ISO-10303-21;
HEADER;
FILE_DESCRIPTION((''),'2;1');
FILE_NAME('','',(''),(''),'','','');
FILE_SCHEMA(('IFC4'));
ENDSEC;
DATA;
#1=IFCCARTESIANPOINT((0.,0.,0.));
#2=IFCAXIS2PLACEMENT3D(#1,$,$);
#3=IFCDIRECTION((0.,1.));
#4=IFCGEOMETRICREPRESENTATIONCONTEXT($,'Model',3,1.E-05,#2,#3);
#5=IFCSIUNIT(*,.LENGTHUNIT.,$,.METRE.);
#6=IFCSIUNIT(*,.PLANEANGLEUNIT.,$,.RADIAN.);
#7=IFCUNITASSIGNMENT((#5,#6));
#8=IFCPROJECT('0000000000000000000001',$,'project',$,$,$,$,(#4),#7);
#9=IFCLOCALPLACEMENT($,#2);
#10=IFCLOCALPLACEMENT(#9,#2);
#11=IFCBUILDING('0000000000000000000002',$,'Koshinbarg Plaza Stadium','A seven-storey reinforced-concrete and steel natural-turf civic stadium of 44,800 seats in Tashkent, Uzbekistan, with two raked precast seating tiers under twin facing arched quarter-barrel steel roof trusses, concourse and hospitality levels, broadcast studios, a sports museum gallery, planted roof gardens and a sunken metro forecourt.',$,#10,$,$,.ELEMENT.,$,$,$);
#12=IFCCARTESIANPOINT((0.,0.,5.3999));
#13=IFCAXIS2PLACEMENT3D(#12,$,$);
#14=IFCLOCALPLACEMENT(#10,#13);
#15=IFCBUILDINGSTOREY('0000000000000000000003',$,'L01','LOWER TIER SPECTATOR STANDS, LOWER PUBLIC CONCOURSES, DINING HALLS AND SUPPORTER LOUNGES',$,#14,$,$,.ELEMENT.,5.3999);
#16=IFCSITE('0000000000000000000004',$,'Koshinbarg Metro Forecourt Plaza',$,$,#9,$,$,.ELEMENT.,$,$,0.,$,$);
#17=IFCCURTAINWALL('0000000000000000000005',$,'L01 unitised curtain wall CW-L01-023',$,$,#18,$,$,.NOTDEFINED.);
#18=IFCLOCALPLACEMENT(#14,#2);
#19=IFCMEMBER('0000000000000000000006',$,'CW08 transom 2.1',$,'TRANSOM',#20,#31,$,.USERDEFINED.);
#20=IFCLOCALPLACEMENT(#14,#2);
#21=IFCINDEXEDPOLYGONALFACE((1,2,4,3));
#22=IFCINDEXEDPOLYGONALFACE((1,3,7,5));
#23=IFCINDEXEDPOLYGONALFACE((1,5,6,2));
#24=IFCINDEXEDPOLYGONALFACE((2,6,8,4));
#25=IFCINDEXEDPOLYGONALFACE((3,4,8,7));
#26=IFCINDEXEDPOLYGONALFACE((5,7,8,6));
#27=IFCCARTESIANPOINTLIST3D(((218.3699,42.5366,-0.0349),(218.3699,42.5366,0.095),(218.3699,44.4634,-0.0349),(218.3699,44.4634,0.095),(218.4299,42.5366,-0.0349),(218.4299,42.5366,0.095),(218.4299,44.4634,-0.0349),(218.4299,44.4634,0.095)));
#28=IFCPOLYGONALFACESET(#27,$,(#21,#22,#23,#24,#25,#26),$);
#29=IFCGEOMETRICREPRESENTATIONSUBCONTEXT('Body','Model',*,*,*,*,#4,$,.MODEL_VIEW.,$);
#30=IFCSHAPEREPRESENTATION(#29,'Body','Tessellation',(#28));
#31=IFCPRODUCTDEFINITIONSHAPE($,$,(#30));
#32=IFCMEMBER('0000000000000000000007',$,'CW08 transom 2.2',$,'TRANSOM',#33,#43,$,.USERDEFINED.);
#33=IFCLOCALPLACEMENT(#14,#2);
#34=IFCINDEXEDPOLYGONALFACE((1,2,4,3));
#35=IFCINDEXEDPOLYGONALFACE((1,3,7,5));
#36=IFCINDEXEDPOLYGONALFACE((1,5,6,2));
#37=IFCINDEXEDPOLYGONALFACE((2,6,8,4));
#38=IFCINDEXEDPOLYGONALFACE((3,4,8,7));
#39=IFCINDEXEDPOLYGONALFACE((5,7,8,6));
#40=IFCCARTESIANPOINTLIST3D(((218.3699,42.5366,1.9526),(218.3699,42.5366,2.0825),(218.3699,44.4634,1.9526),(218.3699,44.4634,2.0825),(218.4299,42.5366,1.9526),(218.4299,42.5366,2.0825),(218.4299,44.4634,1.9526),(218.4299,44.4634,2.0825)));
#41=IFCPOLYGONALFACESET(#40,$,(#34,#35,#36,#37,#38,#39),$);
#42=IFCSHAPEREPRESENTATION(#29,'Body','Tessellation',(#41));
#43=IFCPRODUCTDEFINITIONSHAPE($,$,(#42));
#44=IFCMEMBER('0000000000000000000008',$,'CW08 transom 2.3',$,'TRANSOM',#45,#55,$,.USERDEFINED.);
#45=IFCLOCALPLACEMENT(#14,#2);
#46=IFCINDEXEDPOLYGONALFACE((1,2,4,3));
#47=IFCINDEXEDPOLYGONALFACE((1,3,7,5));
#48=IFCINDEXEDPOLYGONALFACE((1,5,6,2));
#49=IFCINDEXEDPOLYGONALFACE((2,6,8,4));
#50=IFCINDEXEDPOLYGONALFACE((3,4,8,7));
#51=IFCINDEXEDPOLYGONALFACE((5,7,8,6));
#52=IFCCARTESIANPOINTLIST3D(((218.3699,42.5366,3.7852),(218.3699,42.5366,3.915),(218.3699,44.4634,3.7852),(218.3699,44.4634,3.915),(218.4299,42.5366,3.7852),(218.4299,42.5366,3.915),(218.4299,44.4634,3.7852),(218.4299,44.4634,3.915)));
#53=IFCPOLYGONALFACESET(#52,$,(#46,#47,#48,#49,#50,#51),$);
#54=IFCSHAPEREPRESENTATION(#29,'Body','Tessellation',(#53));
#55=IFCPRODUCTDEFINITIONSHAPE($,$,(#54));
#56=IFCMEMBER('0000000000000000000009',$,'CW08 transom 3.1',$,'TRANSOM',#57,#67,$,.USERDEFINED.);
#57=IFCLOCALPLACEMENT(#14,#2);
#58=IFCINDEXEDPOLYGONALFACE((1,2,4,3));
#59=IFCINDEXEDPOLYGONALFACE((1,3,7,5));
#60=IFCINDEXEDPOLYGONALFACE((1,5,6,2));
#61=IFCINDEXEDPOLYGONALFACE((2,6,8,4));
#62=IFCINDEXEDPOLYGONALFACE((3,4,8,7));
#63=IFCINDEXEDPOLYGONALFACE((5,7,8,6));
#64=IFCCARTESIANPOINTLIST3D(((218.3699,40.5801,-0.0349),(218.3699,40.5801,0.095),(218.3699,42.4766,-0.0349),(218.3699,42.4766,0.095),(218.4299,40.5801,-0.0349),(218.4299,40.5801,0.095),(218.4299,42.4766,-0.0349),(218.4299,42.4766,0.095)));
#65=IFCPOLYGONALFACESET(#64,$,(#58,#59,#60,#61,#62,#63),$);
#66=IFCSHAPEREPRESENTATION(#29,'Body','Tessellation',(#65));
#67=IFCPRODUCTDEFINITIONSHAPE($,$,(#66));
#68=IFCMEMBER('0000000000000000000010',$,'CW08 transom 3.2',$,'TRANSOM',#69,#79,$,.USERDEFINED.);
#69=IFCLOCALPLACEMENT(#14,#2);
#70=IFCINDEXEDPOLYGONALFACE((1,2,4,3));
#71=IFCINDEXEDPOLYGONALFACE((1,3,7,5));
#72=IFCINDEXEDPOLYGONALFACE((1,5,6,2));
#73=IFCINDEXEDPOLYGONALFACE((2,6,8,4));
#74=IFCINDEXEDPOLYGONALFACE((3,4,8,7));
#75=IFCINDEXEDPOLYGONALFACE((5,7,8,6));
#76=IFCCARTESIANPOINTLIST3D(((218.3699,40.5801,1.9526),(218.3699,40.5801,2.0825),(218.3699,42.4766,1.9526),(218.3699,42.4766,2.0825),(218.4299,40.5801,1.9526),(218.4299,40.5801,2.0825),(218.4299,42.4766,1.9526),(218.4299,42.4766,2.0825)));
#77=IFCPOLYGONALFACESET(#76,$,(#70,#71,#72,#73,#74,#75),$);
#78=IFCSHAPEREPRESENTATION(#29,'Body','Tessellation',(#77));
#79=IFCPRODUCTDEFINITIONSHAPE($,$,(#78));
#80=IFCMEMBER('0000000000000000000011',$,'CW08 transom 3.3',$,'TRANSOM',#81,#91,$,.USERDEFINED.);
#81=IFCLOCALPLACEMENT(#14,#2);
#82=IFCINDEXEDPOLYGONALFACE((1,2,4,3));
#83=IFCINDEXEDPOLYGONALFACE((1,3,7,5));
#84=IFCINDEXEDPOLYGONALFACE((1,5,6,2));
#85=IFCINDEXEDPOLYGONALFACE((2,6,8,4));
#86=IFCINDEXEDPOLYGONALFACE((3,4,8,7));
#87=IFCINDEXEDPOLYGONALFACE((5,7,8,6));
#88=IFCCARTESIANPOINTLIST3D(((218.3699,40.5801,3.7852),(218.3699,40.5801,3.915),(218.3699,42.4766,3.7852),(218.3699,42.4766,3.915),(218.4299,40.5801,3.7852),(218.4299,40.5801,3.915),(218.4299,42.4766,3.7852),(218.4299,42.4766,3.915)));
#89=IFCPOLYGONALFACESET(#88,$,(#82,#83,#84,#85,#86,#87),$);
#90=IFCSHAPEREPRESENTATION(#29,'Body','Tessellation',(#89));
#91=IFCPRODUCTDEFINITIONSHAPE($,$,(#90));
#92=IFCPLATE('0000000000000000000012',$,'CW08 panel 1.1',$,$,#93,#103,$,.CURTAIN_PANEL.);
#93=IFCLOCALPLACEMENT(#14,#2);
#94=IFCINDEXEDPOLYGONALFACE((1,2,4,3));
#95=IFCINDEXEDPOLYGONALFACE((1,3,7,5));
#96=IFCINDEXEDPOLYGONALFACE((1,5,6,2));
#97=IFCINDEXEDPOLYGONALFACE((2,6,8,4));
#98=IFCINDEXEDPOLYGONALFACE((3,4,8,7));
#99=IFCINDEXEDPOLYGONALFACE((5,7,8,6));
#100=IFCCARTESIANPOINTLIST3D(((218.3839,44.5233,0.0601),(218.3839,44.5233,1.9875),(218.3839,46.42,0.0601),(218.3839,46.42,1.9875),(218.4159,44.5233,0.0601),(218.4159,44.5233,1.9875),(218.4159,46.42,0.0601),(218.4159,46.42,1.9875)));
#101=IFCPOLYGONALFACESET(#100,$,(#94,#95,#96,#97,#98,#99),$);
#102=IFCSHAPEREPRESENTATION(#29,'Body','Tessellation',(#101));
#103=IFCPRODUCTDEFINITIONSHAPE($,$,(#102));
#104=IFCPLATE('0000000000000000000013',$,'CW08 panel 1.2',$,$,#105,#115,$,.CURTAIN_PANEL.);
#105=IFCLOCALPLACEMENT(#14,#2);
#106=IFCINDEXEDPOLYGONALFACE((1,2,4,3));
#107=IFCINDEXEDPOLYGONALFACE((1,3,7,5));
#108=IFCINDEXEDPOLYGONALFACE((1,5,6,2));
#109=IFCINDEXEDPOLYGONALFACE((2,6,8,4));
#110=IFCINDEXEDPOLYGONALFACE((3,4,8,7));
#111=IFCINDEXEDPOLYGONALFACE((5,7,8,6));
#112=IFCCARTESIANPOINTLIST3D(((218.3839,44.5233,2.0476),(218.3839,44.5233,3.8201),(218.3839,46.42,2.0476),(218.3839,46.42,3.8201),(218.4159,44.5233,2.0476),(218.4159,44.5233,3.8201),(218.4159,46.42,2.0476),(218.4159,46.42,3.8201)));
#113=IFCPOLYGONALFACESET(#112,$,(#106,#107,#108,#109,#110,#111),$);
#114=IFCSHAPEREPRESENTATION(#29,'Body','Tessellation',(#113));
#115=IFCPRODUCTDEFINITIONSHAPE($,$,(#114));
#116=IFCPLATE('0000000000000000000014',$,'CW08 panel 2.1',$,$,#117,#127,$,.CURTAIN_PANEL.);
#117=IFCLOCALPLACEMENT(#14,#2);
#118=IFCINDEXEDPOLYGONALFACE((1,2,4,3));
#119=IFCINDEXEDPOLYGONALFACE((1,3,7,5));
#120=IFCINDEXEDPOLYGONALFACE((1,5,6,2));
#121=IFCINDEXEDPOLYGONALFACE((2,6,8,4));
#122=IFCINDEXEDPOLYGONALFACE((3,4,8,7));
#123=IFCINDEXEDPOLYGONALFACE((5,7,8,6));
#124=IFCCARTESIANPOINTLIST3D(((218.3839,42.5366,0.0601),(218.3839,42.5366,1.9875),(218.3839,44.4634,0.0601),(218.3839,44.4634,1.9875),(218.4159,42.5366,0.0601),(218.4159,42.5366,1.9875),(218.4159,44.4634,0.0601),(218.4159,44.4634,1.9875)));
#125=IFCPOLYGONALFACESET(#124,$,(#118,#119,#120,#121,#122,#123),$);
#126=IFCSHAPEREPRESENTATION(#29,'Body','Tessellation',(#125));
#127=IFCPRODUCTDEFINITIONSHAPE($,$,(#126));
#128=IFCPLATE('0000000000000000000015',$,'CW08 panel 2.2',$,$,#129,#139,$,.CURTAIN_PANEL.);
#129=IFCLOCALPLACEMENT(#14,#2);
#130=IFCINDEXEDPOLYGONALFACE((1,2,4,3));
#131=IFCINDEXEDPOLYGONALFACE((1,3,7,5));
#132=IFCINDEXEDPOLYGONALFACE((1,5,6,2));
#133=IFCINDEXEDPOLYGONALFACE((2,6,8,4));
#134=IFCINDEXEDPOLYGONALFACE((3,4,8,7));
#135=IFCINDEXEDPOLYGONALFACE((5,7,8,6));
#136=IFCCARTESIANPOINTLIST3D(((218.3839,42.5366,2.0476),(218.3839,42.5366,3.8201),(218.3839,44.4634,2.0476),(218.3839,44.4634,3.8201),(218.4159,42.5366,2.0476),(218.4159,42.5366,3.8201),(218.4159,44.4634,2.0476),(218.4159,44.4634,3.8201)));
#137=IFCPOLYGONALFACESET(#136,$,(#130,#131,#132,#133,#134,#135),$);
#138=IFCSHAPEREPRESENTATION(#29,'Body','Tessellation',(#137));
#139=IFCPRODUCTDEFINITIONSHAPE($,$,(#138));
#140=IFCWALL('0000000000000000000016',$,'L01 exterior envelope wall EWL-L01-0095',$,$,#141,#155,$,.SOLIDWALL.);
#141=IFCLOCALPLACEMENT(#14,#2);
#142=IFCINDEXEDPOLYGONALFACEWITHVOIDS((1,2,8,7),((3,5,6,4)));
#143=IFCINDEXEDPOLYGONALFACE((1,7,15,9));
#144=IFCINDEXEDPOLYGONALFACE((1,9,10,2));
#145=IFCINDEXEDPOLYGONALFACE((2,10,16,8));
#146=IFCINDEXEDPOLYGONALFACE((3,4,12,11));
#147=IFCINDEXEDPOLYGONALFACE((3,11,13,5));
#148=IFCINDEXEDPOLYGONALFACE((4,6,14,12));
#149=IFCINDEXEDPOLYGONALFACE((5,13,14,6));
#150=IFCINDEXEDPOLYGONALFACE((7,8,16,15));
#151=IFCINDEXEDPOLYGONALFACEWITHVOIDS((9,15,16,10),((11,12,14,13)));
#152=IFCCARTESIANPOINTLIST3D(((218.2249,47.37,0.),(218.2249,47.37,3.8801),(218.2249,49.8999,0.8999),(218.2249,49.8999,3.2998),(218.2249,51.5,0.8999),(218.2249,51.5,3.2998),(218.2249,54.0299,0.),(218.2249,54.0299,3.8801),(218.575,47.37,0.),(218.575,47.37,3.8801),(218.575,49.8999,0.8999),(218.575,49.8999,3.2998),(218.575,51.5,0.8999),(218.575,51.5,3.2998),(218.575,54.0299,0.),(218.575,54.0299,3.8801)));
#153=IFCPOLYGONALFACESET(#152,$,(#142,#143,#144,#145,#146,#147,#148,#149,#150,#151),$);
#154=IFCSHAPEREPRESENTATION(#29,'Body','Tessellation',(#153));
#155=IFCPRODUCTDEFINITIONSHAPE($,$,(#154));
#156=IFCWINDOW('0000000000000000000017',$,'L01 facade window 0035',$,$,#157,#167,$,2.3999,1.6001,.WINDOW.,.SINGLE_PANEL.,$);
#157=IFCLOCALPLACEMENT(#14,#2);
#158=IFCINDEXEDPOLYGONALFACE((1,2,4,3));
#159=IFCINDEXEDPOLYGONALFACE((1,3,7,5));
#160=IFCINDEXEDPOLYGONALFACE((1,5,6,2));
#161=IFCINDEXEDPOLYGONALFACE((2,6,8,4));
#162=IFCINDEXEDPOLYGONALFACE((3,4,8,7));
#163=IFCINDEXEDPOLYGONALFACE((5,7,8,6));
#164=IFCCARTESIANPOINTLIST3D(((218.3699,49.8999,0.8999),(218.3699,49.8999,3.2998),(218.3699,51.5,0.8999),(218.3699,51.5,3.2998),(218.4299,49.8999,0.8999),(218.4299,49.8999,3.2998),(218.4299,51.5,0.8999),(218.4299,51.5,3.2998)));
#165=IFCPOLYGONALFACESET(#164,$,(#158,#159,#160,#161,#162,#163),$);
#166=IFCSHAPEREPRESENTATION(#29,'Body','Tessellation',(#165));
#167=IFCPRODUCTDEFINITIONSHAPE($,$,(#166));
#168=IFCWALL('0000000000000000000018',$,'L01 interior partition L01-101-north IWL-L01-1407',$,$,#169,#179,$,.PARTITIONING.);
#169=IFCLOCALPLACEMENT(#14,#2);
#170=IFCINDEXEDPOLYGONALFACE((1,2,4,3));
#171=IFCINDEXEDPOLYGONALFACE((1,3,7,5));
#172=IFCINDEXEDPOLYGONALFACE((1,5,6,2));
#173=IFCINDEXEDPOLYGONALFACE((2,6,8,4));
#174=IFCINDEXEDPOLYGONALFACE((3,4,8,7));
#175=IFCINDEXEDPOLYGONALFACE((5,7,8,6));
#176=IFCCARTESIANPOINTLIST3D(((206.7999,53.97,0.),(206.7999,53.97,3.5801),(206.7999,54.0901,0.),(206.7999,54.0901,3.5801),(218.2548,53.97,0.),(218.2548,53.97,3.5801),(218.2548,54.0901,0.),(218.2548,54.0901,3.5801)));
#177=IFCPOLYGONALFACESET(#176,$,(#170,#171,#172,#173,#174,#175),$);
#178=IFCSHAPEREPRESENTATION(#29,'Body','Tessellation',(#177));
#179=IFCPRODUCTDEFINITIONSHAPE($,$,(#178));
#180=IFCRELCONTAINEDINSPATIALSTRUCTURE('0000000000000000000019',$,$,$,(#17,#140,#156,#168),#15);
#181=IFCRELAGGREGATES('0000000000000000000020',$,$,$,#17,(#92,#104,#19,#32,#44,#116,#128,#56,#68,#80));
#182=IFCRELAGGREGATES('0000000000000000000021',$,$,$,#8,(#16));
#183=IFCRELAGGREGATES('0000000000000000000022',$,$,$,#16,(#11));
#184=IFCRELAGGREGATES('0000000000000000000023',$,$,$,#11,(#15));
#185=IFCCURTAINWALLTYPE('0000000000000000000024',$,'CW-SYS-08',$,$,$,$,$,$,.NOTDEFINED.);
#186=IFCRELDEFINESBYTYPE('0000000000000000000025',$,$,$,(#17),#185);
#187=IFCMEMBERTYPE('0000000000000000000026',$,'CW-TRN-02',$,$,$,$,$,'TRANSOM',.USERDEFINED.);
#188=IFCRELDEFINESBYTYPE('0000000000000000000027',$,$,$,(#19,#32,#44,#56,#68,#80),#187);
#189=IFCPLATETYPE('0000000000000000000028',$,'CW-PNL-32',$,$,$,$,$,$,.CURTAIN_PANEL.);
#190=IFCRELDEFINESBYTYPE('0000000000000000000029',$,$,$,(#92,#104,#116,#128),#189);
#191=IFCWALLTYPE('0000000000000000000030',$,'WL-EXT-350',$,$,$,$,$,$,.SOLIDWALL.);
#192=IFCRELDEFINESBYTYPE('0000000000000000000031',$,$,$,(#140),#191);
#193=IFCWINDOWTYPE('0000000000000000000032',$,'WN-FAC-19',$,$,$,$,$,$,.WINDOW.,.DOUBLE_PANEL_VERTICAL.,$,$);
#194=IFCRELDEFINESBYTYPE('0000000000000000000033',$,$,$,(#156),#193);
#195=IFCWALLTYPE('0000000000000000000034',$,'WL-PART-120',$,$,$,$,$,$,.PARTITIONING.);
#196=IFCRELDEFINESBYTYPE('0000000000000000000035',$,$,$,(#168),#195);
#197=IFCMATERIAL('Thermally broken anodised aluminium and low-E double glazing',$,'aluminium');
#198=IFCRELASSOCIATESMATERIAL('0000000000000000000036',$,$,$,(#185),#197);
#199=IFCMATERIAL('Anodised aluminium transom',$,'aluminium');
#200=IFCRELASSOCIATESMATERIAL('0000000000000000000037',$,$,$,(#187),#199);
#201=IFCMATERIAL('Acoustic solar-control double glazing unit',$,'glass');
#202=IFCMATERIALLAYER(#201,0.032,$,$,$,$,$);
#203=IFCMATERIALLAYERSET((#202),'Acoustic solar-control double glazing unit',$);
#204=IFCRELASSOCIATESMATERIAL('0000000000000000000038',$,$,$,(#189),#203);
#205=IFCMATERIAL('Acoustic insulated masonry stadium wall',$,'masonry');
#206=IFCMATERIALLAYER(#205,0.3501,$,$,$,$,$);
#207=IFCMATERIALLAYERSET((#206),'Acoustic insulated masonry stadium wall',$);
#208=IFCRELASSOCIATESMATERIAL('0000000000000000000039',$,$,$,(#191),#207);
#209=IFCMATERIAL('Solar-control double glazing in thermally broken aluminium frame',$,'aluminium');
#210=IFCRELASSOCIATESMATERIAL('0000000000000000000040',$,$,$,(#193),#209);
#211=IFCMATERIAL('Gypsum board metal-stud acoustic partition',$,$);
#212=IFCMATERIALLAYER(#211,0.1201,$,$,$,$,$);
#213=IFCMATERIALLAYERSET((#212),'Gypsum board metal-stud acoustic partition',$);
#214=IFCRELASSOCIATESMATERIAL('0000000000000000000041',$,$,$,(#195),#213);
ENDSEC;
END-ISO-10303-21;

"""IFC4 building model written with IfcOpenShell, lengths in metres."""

from ifc_helpers import new_model, si_unit, direction, frame, frame_2d, origin, origin_2d, place, context, subcontext, project, spatial, rectangle, extrude, material, layer, layer_set, material_profile, profile_set, type_object, element, fill, aggregate, save


model = new_model("IFC4")

# Units and contexts
model_context = context("Model", 3, precision=1e-05, world=origin(), true_north=direction((0.0, 1.0)))
body_context = subcontext(model_context, "Body", "Model", "MODEL_VIEW")
ifc_project = project(units=[si_unit("LENGTHUNIT", "METRE"), si_unit("PLANEANGLEUNIT", "RADIAN")], contexts=[model_context])

# Site, building, storey
site_placement = place(None, origin())
site = spatial("IfcSite", under=ifc_project, at=site_placement, Name="Koshinbarg Metro Forecourt Plaza", CompositionType="ELEMENT", RefElevation=0.0)
building_placement = place(site_placement, origin())
building = spatial("IfcBuilding", under=site, at=building_placement, Name="Koshinbarg Plaza Stadium", Description="A seven-storey reinforced-concrete and steel natural-turf civic stadium of 44,800 seats in Tashkent, Uzbekistan, with two raked precast seating tiers under twin facing arched quarter-barrel steel roof trusses, concourse and hospitality levels, broadcast studios, a sports museum gallery, planted roof gardens and a sunken metro forecourt.", CompositionType="ELEMENT")
storey_placement = place(building_placement, frame((0.0, 0.0, 5.3999)))
storey = spatial("IfcBuildingStorey", under=building, at=storey_placement, Name="L01", Description="LOWER TIER SPECTATOR STANDS, LOWER PUBLIC CONCOURSES, DINING HALLS AND SUPPORTER LOUNGES", CompositionType="ELEMENT", Elevation=5.3999)

# Shared definitions
ifc_material_1 = material(Name="Thermally broken anodised aluminium and low-E double glazing", Category="aluminium")

# Curtain wall, members, plates
curtain_wall_type_1 = type_object("IfcCurtainWallType", Name="CW-SYS-08", PredefinedType="NOTDEFINED", material=ifc_material_1)
curtain_wall_1_placement = place(storey_placement, origin())
curtain_wall_1 = element("IfcCurtainWall", 1, at=curtain_wall_1_placement, inside=storey, type_object=curtain_wall_type_1, Name="L01 unitised curtain wall CW-L01-023", PredefinedType="NOTDEFINED")
ifc_material_2 = material(Name="Anodised aluminium transom", Category="aluminium")
ifc_material_profile_1 = material_profile(ifc_material_2, rectangle(XDim=0.0601, YDim=0.1299, at=origin_2d()), Name="ALU 60x130")
ifc_profile_set_1 = profile_set([ifc_material_profile_1], Name="Anodised aluminium transom")
member_type_1 = type_object("IfcMemberType", Name="CW-TRN-02", ElementType="TRANSOM", PredefinedType="USERDEFINED", material=ifc_profile_set_1)
member_1_placement = place(storey_placement, frame((218.3999, 44.4634, 0.03), z_axis=(0.0, -1.0, 0.0), x_axis=(1.0, 0.0, 0.0)))
member_1 = element("IfcMember", 2, at=member_1_placement, type_object=member_type_1, Name="CW08 transom 2.1", ObjectType="TRANSOM", PredefinedType="USERDEFINED", context=body_context, shape_type="SweptSolid", body=[
    extrude(rectangle(XDim=0.0601, YDim=0.1299, at=origin_2d()), origin(), (0.0, 0.0, 1.0), 1.9268),
])
member_2_placement = place(storey_placement, frame((218.3999, 44.4634, 2.0176), z_axis=(0.0, -1.0, 0.0), x_axis=(1.0, 0.0, 0.0)))
member_2 = element("IfcMember", 3, at=member_2_placement, type_object=member_type_1, Name="CW08 transom 2.2", ObjectType="TRANSOM", PredefinedType="USERDEFINED", context=body_context, shape_type="SweptSolid", body=[
    extrude(rectangle(XDim=0.0601, YDim=0.1299, at=origin_2d()), origin(), (0.0, 0.0, 1.0), 1.9268),
])
member_3_placement = place(storey_placement, frame((218.3999, 44.4634, 3.8501), z_axis=(0.0, -1.0, 0.0), x_axis=(1.0, 0.0, 0.0)))
member_3 = element("IfcMember", 4, at=member_3_placement, type_object=member_type_1, Name="CW08 transom 2.3", ObjectType="TRANSOM", PredefinedType="USERDEFINED", context=body_context, shape_type="SweptSolid", body=[
    extrude(rectangle(XDim=0.0601, YDim=0.1299, at=origin_2d()), origin(), (0.0, 0.0, 1.0), 1.9268),
])
member_4_placement = place(storey_placement, frame((218.3999, 42.4766, 0.03), z_axis=(0.0, -1.0, 0.0), x_axis=(1.0, 0.0, 0.0)))
member_4 = element("IfcMember", 5, at=member_4_placement, type_object=member_type_1, Name="CW08 transom 3.1", ObjectType="TRANSOM", PredefinedType="USERDEFINED", context=body_context, shape_type="SweptSolid", body=[
    extrude(rectangle(XDim=0.0601, YDim=0.1299, at=origin_2d()), origin(), (0.0, 0.0, 1.0), 1.8965),
])
member_5_placement = place(storey_placement, frame((218.3999, 42.4766, 2.0176), z_axis=(0.0, -1.0, 0.0), x_axis=(1.0, 0.0, 0.0)))
member_5 = element("IfcMember", 6, at=member_5_placement, type_object=member_type_1, Name="CW08 transom 3.2", ObjectType="TRANSOM", PredefinedType="USERDEFINED", context=body_context, shape_type="SweptSolid", body=[
    extrude(rectangle(XDim=0.0601, YDim=0.1299, at=origin_2d()), origin(), (0.0, 0.0, 1.0), 1.8965),
])
member_6_placement = place(storey_placement, frame((218.3999, 42.4766, 3.8501), z_axis=(0.0, -1.0, 0.0), x_axis=(1.0, 0.0, 0.0)))
member_6 = element("IfcMember", 7, at=member_6_placement, type_object=member_type_1, Name="CW08 transom 3.3", ObjectType="TRANSOM", PredefinedType="USERDEFINED", context=body_context, shape_type="SweptSolid", body=[
    extrude(rectangle(XDim=0.0601, YDim=0.1299, at=origin_2d()), origin(), (0.0, 0.0, 1.0), 1.8965),
])
ifc_material_3 = material(Name="Acoustic solar-control double glazing unit", Category="glass")
ifc_layer_1 = layer(ifc_material_3, 0.032)
ifc_layer_set_1 = layer_set([ifc_layer_1], Name="Acoustic solar-control double glazing unit")
plate_type = type_object("IfcPlateType", Name="CW-PNL-32", PredefinedType="CURTAIN_PANEL", material=ifc_layer_set_1)
plate_1_placement = place(storey_placement, frame((218.3999, 45.4717, 0.0601), z_axis=(0.0, 0.0, 1.0), x_axis=(0.0, -1.0, 0.0)))
plate_1 = element("IfcPlate", 8, at=plate_1_placement, type_object=plate_type, Name="CW08 panel 1.1", PredefinedType="CURTAIN_PANEL", context=body_context, shape_type="SweptSolid", body=[
    extrude(rectangle(XDim=1.8967, YDim=0.032, at=origin_2d()), origin(), (0.0, 0.0, 1.0), 1.9275),
])
plate_2_placement = place(storey_placement, frame((218.3999, 45.4717, 2.0476), z_axis=(0.0, 0.0, 1.0), x_axis=(0.0, -1.0, 0.0)))
plate_2 = element("IfcPlate", 9, at=plate_2_placement, type_object=plate_type, Name="CW08 panel 1.2", PredefinedType="CURTAIN_PANEL", context=body_context, shape_type="SweptSolid", body=[
    extrude(rectangle(XDim=1.8967, YDim=0.032, at=origin_2d()), origin(), (0.0, 0.0, 1.0), 1.7725),
])
plate_3_placement = place(storey_placement, frame((218.3999, 43.5, 0.0601), z_axis=(0.0, 0.0, 1.0), x_axis=(0.0, -1.0, 0.0)))
plate_3 = element("IfcPlate", 10, at=plate_3_placement, type_object=plate_type, Name="CW08 panel 2.1", PredefinedType="CURTAIN_PANEL", context=body_context, shape_type="SweptSolid", body=[
    extrude(rectangle(XDim=1.9268, YDim=0.032, at=origin_2d()), origin(), (0.0, 0.0, 1.0), 1.9275),
])
plate_4_placement = place(storey_placement, frame((218.3999, 43.5, 2.0476), z_axis=(0.0, 0.0, 1.0), x_axis=(0.0, -1.0, 0.0)))
plate_4 = element("IfcPlate", 11, at=plate_4_placement, type_object=plate_type, Name="CW08 panel 2.2", PredefinedType="CURTAIN_PANEL", context=body_context, shape_type="SweptSolid", body=[
    extrude(rectangle(XDim=1.9268, YDim=0.032, at=origin_2d()), origin(), (0.0, 0.0, 1.0), 1.7725),
])
aggregate(curtain_wall_1, [plate_1, plate_2, member_1, member_2, member_3, plate_3, plate_4, member_4, member_5, member_6])

# Wall, opening, window
ifc_material_4 = material(Name="Acoustic insulated masonry stadium wall", Category="masonry")
ifc_layer_2 = layer(ifc_material_4, 0.3501)
ifc_layer_set_2 = layer_set([ifc_layer_2], Name="Acoustic insulated masonry stadium wall")
wall_type_1 = type_object("IfcWallType", Name="WL-EXT-350", PredefinedType="SOLIDWALL", material=ifc_layer_set_2)
wall_1_placement = place(storey_placement, frame((218.3999, 54.03, 0.0), z_axis=(0.0, 0.0, 1.0), x_axis=(0.0, -1.0, 0.0)))
wall_1 = element("IfcWall", 12, at=wall_1_placement, inside=storey, type_object=wall_type_1, Name="L01 exterior envelope wall EWL-L01-0095", PredefinedType="SOLIDWALL", context=body_context, shape_type="SweptSolid", body=[
    extrude(rectangle(XDim=6.6599, YDim=0.3501, at=frame_2d((3.3301, 0.0))), origin(), (0.0, 0.0, 1.0), 3.8801),
])
opening_placement = place(wall_1_placement, frame((2.53, 0.0, 0.8999)))
opening = element("IfcOpeningElement", 13, at=opening_placement, cuts=wall_1, PredefinedType="OPENING", context=body_context, shape_type="SweptSolid", body=[
    extrude(rectangle(XDim=1.6001, YDim=2.3999, at=frame_2d((0.8, 1.2))), frame((0.0, 0.1851, 0.0), z_axis=(0.0, -1.0, 0.0), x_axis=(1.0, 0.0, 0.0)), (0.0, 0.0, 1.0), 0.3701),
])
ifc_material_5 = material(Name="Solar-control double glazing in thermally broken aluminium frame", Category="aluminium")
window_type = type_object("IfcWindowType", Name="WN-FAC-19", PartitioningType="DOUBLE_PANEL_VERTICAL", PredefinedType="WINDOW", material=ifc_material_5)
window_placement = place(opening_placement, origin())
window = element("IfcWindow", 14, at=window_placement, inside=storey, type_object=window_type, Name="L01 facade window 0035", OverallHeight=2.3999, OverallWidth=1.6001, PartitioningType="SINGLE_PANEL", PredefinedType="WINDOW", context=body_context, shape_type="SweptSolid", body=[
    extrude(rectangle(XDim=1.6001, YDim=2.3999, at=frame_2d((0.8, 1.2))), frame((0.0, 0.03, 0.0), z_axis=(0.0, -1.0, 0.0), x_axis=(1.0, 0.0, 0.0)), (0.0, 0.0, 1.0), 0.0601),
])
fill(opening, window)

# Wall
ifc_material_6 = material(Name="Gypsum board metal-stud acoustic partition")
ifc_layer_3 = layer(ifc_material_6, 0.1201)
ifc_layer_set_3 = layer_set([ifc_layer_3], Name="Gypsum board metal-stud acoustic partition")
wall_type_2 = type_object("IfcWallType", Name="WL-PART-120", PredefinedType="PARTITIONING", material=ifc_layer_set_3)
wall_2_placement = place(storey_placement, frame((218.2549, 54.03, 0.0), z_axis=(0.0, 0.0, 1.0), x_axis=(-1.0, 0.0, 0.0)))
element("IfcWall", 15, at=wall_2_placement, inside=storey, type_object=wall_type_2, Name="L01 interior partition L01-101-north IWL-L01-1407", PredefinedType="PARTITIONING", context=body_context, shape_type="SweptSolid", body=[
    extrude(rectangle(XDim=11.4548, YDim=0.1201, at=frame_2d((5.7275, 0.0))), origin(), (0.0, 0.0, 1.0), 3.5801),
])

save(model, "model.ifc")
